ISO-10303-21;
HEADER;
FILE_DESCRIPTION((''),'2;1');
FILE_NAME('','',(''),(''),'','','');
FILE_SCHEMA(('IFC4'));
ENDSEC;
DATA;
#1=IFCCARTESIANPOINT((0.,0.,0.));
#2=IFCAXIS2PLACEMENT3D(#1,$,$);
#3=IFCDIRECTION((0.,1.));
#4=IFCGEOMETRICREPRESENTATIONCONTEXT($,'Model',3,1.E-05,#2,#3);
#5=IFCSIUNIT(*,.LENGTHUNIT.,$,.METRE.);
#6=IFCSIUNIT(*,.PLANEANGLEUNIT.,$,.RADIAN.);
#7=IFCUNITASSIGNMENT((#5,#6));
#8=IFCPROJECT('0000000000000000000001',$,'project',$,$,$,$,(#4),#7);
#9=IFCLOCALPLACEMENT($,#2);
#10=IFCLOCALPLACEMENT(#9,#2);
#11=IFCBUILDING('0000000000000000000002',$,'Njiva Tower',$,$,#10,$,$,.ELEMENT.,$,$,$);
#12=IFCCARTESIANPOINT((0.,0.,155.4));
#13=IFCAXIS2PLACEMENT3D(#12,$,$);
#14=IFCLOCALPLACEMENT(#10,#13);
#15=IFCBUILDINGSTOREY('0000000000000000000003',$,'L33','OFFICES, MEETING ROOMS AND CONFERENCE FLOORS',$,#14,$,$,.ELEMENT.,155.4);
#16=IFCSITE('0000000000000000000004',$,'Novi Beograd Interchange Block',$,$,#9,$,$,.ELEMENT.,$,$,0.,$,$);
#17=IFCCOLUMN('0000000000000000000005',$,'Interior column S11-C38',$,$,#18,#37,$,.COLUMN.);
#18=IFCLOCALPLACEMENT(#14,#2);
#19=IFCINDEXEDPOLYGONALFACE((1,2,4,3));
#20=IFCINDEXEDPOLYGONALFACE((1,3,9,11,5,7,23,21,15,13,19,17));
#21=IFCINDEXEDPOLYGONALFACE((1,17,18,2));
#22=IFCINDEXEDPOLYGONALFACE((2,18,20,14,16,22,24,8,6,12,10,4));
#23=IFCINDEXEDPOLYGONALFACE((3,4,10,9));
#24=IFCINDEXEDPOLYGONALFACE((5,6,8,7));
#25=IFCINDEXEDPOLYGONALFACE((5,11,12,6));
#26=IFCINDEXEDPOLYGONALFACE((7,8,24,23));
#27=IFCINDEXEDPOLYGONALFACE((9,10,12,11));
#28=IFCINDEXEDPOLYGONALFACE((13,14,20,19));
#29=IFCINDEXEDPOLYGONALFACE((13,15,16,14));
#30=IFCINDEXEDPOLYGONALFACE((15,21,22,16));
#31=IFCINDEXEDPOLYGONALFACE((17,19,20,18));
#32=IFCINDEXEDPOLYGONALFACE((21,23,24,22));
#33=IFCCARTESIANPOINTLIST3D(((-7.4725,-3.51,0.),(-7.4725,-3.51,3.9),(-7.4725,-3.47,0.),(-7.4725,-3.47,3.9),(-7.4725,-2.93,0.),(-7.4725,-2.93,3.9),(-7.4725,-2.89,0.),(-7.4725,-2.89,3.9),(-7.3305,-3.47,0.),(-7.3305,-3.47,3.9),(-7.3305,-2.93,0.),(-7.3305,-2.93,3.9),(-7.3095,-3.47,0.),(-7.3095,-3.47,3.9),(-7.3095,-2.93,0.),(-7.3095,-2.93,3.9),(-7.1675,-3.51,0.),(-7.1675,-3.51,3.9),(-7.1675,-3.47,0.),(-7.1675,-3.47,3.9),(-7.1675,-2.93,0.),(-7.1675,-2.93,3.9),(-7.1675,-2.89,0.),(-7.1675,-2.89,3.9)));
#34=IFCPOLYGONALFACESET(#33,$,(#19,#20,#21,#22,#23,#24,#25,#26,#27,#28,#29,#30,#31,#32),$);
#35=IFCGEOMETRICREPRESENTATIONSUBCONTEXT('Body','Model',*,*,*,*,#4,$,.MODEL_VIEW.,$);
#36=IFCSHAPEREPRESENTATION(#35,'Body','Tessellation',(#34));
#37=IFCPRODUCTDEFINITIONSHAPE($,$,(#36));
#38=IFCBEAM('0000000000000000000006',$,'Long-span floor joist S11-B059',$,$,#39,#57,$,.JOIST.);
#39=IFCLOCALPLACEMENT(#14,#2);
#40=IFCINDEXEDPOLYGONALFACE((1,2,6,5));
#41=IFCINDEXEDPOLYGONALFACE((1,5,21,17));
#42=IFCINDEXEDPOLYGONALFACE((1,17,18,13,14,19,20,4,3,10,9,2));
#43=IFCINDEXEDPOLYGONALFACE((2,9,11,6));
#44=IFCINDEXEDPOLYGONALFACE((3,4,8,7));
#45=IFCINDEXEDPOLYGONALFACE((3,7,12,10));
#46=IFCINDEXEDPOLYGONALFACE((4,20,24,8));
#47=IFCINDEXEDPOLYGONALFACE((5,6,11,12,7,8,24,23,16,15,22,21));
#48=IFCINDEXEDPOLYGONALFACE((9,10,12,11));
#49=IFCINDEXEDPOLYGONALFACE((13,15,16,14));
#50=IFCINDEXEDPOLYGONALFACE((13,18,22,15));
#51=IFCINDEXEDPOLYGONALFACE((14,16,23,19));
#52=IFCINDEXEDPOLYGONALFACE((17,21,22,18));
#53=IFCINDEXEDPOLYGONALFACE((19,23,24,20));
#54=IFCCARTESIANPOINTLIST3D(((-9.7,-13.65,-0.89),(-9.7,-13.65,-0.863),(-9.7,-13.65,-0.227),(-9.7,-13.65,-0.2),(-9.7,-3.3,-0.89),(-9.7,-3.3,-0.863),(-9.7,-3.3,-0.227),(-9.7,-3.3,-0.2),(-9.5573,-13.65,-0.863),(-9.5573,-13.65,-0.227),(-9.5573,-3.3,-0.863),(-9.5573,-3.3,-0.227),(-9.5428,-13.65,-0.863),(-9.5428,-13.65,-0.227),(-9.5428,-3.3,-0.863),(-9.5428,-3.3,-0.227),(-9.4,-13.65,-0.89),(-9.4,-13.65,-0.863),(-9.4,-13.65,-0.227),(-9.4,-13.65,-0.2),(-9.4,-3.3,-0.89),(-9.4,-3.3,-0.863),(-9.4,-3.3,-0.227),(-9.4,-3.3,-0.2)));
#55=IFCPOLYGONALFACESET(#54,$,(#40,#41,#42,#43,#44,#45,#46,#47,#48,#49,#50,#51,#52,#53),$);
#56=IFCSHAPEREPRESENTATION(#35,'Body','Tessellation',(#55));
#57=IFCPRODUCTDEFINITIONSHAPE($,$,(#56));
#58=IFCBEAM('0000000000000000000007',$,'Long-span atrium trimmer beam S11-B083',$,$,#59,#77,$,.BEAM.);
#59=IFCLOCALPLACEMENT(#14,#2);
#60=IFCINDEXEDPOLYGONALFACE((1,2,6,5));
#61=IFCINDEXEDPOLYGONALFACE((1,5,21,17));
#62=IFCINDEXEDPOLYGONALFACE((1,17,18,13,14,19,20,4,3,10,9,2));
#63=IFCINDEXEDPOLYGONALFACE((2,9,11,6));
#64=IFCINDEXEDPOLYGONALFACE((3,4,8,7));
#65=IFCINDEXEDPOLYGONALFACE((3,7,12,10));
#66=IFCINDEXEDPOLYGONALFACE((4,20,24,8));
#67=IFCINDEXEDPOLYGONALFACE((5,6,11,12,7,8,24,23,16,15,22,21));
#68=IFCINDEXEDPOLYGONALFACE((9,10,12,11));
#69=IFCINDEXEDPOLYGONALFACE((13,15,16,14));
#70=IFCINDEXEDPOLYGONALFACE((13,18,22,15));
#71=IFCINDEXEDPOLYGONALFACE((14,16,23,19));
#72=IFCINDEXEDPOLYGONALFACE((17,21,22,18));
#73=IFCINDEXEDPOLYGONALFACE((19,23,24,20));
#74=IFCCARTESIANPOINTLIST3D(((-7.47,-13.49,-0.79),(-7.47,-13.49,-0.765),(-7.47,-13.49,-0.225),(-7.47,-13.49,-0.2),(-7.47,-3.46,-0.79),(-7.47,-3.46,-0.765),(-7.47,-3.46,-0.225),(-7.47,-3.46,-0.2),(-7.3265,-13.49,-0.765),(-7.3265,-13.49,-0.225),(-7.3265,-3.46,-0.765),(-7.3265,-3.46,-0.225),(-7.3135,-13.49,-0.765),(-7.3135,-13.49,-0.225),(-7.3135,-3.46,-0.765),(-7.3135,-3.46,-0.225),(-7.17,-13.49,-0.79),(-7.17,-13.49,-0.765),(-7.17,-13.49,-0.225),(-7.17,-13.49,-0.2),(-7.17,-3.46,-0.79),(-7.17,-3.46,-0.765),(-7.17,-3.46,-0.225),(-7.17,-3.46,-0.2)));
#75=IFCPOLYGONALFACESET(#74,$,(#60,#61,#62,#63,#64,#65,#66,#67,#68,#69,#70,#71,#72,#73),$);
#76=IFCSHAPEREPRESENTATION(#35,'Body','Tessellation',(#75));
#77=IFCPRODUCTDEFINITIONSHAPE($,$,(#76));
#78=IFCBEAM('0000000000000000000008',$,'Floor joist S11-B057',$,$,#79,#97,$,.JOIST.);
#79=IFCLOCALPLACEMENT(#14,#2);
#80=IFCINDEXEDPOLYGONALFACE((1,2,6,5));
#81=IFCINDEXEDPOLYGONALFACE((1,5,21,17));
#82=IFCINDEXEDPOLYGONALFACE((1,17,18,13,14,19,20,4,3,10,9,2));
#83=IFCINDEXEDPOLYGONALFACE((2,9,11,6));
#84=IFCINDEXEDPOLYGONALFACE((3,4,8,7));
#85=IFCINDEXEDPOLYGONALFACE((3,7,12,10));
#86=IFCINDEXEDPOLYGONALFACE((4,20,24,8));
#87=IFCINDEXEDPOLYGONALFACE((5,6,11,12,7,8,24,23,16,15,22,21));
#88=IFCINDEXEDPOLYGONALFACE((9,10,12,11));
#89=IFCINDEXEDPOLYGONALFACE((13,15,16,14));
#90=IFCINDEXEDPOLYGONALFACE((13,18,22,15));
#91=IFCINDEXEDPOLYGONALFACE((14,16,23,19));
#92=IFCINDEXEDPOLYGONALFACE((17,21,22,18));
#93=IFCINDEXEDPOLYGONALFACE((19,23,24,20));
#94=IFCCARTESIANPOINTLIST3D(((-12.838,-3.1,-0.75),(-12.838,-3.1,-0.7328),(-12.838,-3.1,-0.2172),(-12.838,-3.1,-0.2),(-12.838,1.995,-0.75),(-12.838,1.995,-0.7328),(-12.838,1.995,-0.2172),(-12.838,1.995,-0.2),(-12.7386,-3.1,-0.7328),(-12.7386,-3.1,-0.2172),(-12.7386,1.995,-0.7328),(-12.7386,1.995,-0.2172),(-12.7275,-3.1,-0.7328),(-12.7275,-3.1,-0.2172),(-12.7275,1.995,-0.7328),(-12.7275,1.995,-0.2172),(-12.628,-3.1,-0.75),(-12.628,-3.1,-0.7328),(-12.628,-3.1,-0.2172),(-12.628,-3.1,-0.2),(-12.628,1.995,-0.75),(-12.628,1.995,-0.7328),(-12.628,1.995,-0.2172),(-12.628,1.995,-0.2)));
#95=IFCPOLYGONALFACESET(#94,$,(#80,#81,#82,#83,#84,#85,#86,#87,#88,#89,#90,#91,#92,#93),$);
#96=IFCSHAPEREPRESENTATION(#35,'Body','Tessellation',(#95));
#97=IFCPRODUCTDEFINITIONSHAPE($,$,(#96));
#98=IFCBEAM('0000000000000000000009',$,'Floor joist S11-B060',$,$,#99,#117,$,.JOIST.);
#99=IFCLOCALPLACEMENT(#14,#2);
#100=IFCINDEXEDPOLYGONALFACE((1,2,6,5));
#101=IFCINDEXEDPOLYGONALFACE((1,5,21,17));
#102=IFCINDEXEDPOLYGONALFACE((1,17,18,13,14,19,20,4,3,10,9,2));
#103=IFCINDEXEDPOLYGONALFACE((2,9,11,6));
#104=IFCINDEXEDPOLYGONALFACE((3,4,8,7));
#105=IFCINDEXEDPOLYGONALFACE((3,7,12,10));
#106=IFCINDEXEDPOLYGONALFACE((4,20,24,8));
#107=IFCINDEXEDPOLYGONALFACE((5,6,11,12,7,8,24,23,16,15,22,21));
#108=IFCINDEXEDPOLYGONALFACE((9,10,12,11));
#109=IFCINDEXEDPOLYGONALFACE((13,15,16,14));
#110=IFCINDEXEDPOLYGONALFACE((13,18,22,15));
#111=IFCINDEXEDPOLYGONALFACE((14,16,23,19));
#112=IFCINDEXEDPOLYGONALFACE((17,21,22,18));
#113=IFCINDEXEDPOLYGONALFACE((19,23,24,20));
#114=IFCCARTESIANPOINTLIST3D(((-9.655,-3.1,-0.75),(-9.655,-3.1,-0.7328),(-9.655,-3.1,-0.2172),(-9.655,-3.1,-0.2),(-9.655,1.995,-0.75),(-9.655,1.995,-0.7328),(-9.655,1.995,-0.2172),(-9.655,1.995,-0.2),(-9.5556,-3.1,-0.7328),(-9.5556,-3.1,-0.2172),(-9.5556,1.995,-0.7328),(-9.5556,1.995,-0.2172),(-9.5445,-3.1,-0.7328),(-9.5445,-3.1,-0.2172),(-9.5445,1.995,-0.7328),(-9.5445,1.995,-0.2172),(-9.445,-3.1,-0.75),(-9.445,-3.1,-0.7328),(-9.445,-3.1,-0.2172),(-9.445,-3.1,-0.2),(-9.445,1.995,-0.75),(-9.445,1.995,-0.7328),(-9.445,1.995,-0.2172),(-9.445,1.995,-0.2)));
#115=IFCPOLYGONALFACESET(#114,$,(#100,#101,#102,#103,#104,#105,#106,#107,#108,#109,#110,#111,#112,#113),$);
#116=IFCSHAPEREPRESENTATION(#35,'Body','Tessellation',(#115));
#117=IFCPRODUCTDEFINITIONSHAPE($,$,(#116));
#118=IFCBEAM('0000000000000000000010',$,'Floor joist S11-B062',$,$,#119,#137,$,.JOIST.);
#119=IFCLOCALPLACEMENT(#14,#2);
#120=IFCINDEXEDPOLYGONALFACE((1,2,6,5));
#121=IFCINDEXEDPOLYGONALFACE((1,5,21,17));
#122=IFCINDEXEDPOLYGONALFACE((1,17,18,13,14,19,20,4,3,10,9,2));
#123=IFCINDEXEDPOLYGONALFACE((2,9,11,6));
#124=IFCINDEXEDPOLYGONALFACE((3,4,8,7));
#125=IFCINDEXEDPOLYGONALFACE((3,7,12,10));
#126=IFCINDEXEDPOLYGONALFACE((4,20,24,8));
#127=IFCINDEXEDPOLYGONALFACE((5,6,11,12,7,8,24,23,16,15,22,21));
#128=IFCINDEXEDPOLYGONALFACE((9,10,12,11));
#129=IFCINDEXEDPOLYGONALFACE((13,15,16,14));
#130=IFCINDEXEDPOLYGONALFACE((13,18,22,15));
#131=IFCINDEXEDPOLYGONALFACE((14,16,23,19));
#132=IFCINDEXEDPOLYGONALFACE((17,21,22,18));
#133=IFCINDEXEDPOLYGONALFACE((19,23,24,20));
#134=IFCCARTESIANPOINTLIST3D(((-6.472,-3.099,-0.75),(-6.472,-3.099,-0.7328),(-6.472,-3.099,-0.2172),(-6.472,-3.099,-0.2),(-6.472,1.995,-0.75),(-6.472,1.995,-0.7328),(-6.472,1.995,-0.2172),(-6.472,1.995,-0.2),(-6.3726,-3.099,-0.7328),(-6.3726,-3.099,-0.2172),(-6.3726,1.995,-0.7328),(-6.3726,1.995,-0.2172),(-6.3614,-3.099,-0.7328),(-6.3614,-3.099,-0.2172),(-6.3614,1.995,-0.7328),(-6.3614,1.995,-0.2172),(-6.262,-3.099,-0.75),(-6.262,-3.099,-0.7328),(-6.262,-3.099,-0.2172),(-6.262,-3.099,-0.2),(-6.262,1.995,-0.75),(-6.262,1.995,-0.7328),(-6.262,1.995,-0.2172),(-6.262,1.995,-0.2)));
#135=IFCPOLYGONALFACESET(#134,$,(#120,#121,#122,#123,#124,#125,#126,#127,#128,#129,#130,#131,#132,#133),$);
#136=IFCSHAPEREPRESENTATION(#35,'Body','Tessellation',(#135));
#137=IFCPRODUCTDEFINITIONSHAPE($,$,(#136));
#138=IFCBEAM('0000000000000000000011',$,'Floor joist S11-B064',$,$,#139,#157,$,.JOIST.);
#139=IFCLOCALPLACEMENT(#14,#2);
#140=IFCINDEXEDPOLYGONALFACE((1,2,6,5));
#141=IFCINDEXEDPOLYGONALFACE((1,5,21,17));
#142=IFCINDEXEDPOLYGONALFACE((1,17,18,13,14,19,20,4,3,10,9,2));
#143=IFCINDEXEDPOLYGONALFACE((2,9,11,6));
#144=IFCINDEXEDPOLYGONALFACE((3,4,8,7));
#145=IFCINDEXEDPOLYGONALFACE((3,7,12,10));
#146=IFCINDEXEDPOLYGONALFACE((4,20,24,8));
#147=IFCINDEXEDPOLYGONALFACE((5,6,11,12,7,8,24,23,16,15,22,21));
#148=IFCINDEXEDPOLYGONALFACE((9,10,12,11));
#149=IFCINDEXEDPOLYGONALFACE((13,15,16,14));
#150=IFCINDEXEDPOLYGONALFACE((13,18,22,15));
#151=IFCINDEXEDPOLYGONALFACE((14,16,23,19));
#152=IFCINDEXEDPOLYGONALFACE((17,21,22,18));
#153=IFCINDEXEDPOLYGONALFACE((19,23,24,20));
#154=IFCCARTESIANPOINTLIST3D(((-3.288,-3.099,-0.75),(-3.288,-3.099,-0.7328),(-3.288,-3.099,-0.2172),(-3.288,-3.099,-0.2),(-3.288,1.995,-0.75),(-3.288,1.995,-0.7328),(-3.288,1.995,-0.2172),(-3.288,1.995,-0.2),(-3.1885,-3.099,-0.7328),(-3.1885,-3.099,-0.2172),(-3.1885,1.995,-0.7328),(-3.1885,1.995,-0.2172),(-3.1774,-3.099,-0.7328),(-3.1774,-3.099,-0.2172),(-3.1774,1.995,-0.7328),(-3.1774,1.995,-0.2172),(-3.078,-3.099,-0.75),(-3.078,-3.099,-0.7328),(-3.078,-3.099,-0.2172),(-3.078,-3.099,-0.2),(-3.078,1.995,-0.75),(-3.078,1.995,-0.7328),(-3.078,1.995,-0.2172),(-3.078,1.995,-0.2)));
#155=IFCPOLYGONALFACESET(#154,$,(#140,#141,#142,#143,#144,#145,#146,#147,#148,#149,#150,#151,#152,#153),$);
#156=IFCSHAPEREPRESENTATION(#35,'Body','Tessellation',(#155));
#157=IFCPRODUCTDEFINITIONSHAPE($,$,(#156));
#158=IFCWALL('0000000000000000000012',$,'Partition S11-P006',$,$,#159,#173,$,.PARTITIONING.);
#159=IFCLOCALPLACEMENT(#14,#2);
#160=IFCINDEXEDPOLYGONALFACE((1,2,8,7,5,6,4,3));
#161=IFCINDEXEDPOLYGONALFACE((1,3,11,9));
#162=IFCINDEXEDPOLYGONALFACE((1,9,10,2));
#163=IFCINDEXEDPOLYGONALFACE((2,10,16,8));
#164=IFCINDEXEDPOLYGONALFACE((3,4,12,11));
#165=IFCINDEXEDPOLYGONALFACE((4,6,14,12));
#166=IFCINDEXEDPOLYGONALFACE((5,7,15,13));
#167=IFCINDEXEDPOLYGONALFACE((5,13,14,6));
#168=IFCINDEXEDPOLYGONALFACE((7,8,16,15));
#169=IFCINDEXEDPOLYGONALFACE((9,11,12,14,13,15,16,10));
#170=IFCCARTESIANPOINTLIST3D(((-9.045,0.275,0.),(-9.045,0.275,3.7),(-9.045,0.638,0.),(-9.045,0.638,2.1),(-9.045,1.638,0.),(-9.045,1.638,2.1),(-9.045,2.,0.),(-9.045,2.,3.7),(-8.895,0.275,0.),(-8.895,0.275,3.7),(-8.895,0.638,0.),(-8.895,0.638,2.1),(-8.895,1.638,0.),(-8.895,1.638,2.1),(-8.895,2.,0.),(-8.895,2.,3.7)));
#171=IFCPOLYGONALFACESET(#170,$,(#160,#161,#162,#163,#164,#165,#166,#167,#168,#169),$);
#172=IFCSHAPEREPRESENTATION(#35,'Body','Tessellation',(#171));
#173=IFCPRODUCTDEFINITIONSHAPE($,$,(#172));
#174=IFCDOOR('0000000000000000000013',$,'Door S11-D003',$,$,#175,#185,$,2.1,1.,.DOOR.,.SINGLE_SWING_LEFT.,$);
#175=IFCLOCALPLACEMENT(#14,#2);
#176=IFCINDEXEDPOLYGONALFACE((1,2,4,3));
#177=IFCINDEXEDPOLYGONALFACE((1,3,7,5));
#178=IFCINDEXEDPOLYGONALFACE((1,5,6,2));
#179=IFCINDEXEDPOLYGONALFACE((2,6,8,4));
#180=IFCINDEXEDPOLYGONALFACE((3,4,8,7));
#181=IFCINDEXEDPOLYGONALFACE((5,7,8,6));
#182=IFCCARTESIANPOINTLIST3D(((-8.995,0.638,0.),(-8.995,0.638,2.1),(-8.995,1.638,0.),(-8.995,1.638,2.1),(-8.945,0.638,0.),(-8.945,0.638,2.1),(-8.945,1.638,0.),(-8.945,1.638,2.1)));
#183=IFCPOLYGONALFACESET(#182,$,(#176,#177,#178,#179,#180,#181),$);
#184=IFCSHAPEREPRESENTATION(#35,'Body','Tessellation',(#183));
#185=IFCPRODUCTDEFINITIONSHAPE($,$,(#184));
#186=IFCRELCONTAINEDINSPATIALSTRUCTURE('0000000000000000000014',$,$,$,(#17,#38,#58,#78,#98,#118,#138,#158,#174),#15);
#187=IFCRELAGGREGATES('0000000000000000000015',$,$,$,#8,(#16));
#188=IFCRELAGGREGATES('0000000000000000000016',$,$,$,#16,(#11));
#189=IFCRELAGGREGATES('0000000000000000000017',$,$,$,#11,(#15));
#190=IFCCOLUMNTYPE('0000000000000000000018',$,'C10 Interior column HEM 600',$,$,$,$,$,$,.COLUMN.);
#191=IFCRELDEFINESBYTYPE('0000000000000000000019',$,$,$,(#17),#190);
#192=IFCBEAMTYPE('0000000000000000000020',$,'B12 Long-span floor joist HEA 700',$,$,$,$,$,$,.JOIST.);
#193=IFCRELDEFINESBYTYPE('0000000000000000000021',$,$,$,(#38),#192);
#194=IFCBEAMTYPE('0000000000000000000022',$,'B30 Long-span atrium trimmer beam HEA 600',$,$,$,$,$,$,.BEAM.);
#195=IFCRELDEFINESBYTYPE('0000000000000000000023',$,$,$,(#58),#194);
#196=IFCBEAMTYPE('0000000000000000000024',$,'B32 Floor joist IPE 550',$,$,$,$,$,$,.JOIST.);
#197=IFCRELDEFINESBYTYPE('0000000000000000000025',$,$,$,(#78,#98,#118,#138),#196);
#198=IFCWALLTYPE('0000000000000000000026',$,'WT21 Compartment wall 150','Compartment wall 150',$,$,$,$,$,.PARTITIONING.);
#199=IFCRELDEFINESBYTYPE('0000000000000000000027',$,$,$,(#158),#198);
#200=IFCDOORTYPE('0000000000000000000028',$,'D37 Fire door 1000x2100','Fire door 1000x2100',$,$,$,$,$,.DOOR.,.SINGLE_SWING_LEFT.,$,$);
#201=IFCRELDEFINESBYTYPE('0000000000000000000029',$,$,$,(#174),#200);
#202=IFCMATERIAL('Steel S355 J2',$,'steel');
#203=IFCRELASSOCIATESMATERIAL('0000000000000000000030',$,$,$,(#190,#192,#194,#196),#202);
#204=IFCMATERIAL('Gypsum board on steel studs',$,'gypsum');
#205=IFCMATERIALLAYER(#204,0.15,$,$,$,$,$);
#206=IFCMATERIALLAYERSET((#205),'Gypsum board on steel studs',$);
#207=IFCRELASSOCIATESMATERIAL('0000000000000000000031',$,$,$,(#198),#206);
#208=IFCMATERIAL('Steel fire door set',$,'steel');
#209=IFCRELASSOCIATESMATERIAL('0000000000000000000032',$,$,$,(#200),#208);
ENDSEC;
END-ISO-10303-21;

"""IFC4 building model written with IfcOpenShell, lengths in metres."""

from ifc_helpers import new_model, si_unit, direction, frame, frame_2d, origin, origin_2d, place, context, subcontext, project, spatial, rectangle, i_section, extrude, material, layer, layer_set, material_profile, profile_set, type_object, element, fill, save


model = new_model("IFC4")

# Units and contexts
model_context = context("Model", 3, precision=1e-05, world=origin(), true_north=direction((0.0, 1.0)))
body_context = subcontext(model_context, "Body", "Model", "MODEL_VIEW")
ifc_project = project(units=[si_unit("LENGTHUNIT", "METRE"), si_unit("PLANEANGLEUNIT", "RADIAN")], contexts=[model_context])

# Site, building, storey
site_placement = place(None, origin())
site = spatial("IfcSite", under=ifc_project, at=site_placement, Name="Novi Beograd Interchange Block", CompositionType="ELEMENT", RefElevation=0.0)
building_placement = place(site_placement, origin())
building = spatial("IfcBuilding", under=site, at=building_placement, Name="Njiva Tower", CompositionType="ELEMENT")
storey_placement = place(building_placement, frame((0.0, 0.0, 155.4)))
storey = spatial("IfcBuildingStorey", under=building, at=storey_placement, Name="L33", Description="OFFICES, MEETING ROOMS AND CONFERENCE FLOORS", CompositionType="ELEMENT", Elevation=155.4)

# Column
ifc_material_1 = material(Name="Steel S355 J2", Category="steel")
ifc_material_profile_1 = material_profile(ifc_material_1, i_section(OverallWidth=0.305, OverallDepth=0.62, WebThickness=0.021, FlangeThickness=0.04, at=origin_2d()), Name="HEM 600")
ifc_profile_set_1 = profile_set([ifc_material_profile_1], Name="Steel S355 J2")
column_type = type_object("IfcColumnType", Name="C10 Interior column HEM 600", PredefinedType="COLUMN", material=ifc_profile_set_1)
column_placement = place(storey_placement, frame((-7.32, -3.2, 0.0), z_axis=(0.0, 0.0, 1.0), x_axis=(1.0, 0.0, 0.0)))
element("IfcColumn", 1, at=column_placement, inside=storey, type_object=column_type, Name="Interior column S11-C38", PredefinedType="COLUMN", context=body_context, shape_type="SweptSolid", body=[
    extrude(i_section(OverallWidth=0.305, OverallDepth=0.62, WebThickness=0.021, FlangeThickness=0.04, at=origin_2d()), origin(), (0.0, 0.0, 1.0), 3.9),
])

# Beams
ifc_material_profile_2 = material_profile(ifc_material_1, i_section(OverallWidth=0.3, OverallDepth=0.69, WebThickness=0.0145, FlangeThickness=0.027, at=origin_2d()), Name="HEA 700")
ifc_profile_set_2 = profile_set([ifc_material_profile_2], Name="Steel S355 J2")
beam_type_1 = type_object("IfcBeamType", Name="B12 Long-span floor joist HEA 700", PredefinedType="JOIST", material=ifc_profile_set_2)
beam_1_placement = place(storey_placement, frame((-9.55, -3.3, -0.545), z_axis=(0.0, -1.0, 0.0), x_axis=(1.0, 0.0, 0.0)))
element("IfcBeam", 2, at=beam_1_placement, inside=storey, type_object=beam_type_1, Name="Long-span floor joist S11-B059", PredefinedType="JOIST", context=body_context, shape_type="SweptSolid", body=[
    extrude(i_section(OverallWidth=0.3, OverallDepth=0.69, WebThickness=0.0145, FlangeThickness=0.027, at=origin_2d()), origin(), (0.0, 0.0, 1.0), 10.35),
])
ifc_material_profile_3 = material_profile(ifc_material_1, i_section(OverallWidth=0.3, OverallDepth=0.59, WebThickness=0.013, FlangeThickness=0.025, at=origin_2d()), Name="HEA 600")
ifc_profile_set_3 = profile_set([ifc_material_profile_3], Name="Steel S355 J2")
beam_type_2 = type_object("IfcBeamType", Name="B30 Long-span atrium trimmer beam HEA 600", PredefinedType="BEAM", material=ifc_profile_set_3)
beam_2_placement = place(storey_placement, frame((-7.32, -3.46, -0.495), z_axis=(0.0, -1.0, 0.0), x_axis=(1.0, 0.0, 0.0)))
element("IfcBeam", 3, at=beam_2_placement, inside=storey, type_object=beam_type_2, Name="Long-span atrium trimmer beam S11-B083", PredefinedType="BEAM", context=body_context, shape_type="SweptSolid", body=[
    extrude(i_section(OverallWidth=0.3, OverallDepth=0.59, WebThickness=0.013, FlangeThickness=0.025, at=origin_2d()), origin(), (0.0, 0.0, 1.0), 10.03),
])
ifc_material_profile_4 = material_profile(ifc_material_1, i_section(OverallWidth=0.21, OverallDepth=0.55, WebThickness=0.0111, FlangeThickness=0.0172, at=origin_2d()), Name="IPE 550")
ifc_profile_set_4 = profile_set([ifc_material_profile_4], Name="Steel S355 J2")
beam_type_3 = type_object("IfcBeamType", Name="B32 Floor joist IPE 550", PredefinedType="JOIST", material=ifc_profile_set_4)
for number, where, z_axis, x_axis, name in (
    (4, (-12.733, 1.995, -0.475), (0.0, -1.0, 0.0), (1.0, 0.0, 0.0), "Floor joist S11-B057"),
    (5, (-9.55, 1.995, -0.475), (0.0, -1.0, 0.0), (1.0, 0.0, 0.0), "Floor joist S11-B060"),
):
    element("IfcBeam", number, at=place(storey_placement, frame(where, z_axis=z_axis, x_axis=x_axis)), inside=storey, type_object=beam_type_3, Name=name, PredefinedType="JOIST", context=body_context, shape_type="SweptSolid", body=[
        extrude(i_section(OverallWidth=0.21, OverallDepth=0.55, WebThickness=0.0111, FlangeThickness=0.0172, at=origin_2d()), origin(), (0.0, 0.0, 1.0), 5.095),
    ])
for number, where, z_axis, x_axis, name in (
    (6, (-6.367, 1.995, -0.475), (0.0, -1.0, 0.0), (1.0, 0.0, 0.0), "Floor joist S11-B062"),
    (7, (-3.183, 1.995, -0.475), (0.0, -1.0, 0.0), (1.0, 0.0, 0.0), "Floor joist S11-B064"),
):
    element("IfcBeam", number, at=place(storey_placement, frame(where, z_axis=z_axis, x_axis=x_axis)), inside=storey, type_object=beam_type_3, Name=name, PredefinedType="JOIST", context=body_context, shape_type="SweptSolid", body=[
        extrude(i_section(OverallWidth=0.21, OverallDepth=0.55, WebThickness=0.0111, FlangeThickness=0.0172, at=origin_2d()), origin(), (0.0, 0.0, 1.0), 5.094),
    ])

# Wall, opening, door
ifc_material_2 = material(Name="Gypsum board on steel studs", Category="gypsum")
ifc_layer_1 = layer(ifc_material_2, 0.15)
ifc_layer_set_1 = layer_set([ifc_layer_1], Name="Gypsum board on steel studs")
wall_type_1 = type_object("IfcWallType", Name="WT21 Compartment wall 150", Description="Compartment wall 150", PredefinedType="PARTITIONING", material=ifc_layer_set_1)
wall_1_placement = place(storey_placement, frame((-8.97, 0.275, 0.0), z_axis=(0.0, 0.0, 1.0), x_axis=(0.0, 1.0, 0.0)))
wall_1 = element("IfcWall", 8, at=wall_1_placement, inside=storey, type_object=wall_type_1, Name="Partition S11-P006", PredefinedType="PARTITIONING", context=body_context, shape_type="SweptSolid", body=[
    extrude(rectangle(XDim=1.725, YDim=0.15, at=frame_2d((0.8625, 0.0))), origin(), (0.0, 0.0, 1.0), 3.7),
])
opening_1_placement = place(wall_1_placement, frame((0.363, 0.0, 0.0)))
opening_1 = element("IfcOpeningElement", 9, at=opening_1_placement, cuts=wall_1, PredefinedType="OPENING", context=body_context, shape_type="SweptSolid", body=[
    extrude(rectangle(XDim=1.0, YDim=2.1, at=frame_2d((0.5, 1.05))), frame((0.0, 0.085, 0.0), z_axis=(0.0, -1.0, 0.0), x_axis=(1.0, 0.0, 0.0)), (0.0, 0.0, 1.0), 0.17),
])
ifc_material_3 = material(Name="Steel fire door set", Category="steel")
door_type = type_object("IfcDoorType", Name="D37 Fire door 1000x2100", Description="Fire door 1000x2100", OperationType="SINGLE_SWING_LEFT", PredefinedType="DOOR", material=ifc_material_3)
door_1_placement = place(opening_1_placement, origin())
door_1 = element("IfcDoor", 10, at=door_1_placement, inside=storey, type_object=door_type, Name="Door S11-D003", OperationType="SINGLE_SWING_LEFT", OverallHeight=2.1, OverallWidth=1.0, PredefinedType="DOOR", context=body_context, shape_type="SweptSolid", body=[
    extrude(rectangle(XDim=1.0, YDim=2.1, at=frame_2d((0.5, 1.05))), frame((0.0, 0.025, 0.0), z_axis=(0.0, -1.0, 0.0), x_axis=(1.0, 0.0, 0.0)), (0.0, 0.0, 1.0), 0.05),
])
fill(opening_1, door_1)

save(model, "model.ifc")
